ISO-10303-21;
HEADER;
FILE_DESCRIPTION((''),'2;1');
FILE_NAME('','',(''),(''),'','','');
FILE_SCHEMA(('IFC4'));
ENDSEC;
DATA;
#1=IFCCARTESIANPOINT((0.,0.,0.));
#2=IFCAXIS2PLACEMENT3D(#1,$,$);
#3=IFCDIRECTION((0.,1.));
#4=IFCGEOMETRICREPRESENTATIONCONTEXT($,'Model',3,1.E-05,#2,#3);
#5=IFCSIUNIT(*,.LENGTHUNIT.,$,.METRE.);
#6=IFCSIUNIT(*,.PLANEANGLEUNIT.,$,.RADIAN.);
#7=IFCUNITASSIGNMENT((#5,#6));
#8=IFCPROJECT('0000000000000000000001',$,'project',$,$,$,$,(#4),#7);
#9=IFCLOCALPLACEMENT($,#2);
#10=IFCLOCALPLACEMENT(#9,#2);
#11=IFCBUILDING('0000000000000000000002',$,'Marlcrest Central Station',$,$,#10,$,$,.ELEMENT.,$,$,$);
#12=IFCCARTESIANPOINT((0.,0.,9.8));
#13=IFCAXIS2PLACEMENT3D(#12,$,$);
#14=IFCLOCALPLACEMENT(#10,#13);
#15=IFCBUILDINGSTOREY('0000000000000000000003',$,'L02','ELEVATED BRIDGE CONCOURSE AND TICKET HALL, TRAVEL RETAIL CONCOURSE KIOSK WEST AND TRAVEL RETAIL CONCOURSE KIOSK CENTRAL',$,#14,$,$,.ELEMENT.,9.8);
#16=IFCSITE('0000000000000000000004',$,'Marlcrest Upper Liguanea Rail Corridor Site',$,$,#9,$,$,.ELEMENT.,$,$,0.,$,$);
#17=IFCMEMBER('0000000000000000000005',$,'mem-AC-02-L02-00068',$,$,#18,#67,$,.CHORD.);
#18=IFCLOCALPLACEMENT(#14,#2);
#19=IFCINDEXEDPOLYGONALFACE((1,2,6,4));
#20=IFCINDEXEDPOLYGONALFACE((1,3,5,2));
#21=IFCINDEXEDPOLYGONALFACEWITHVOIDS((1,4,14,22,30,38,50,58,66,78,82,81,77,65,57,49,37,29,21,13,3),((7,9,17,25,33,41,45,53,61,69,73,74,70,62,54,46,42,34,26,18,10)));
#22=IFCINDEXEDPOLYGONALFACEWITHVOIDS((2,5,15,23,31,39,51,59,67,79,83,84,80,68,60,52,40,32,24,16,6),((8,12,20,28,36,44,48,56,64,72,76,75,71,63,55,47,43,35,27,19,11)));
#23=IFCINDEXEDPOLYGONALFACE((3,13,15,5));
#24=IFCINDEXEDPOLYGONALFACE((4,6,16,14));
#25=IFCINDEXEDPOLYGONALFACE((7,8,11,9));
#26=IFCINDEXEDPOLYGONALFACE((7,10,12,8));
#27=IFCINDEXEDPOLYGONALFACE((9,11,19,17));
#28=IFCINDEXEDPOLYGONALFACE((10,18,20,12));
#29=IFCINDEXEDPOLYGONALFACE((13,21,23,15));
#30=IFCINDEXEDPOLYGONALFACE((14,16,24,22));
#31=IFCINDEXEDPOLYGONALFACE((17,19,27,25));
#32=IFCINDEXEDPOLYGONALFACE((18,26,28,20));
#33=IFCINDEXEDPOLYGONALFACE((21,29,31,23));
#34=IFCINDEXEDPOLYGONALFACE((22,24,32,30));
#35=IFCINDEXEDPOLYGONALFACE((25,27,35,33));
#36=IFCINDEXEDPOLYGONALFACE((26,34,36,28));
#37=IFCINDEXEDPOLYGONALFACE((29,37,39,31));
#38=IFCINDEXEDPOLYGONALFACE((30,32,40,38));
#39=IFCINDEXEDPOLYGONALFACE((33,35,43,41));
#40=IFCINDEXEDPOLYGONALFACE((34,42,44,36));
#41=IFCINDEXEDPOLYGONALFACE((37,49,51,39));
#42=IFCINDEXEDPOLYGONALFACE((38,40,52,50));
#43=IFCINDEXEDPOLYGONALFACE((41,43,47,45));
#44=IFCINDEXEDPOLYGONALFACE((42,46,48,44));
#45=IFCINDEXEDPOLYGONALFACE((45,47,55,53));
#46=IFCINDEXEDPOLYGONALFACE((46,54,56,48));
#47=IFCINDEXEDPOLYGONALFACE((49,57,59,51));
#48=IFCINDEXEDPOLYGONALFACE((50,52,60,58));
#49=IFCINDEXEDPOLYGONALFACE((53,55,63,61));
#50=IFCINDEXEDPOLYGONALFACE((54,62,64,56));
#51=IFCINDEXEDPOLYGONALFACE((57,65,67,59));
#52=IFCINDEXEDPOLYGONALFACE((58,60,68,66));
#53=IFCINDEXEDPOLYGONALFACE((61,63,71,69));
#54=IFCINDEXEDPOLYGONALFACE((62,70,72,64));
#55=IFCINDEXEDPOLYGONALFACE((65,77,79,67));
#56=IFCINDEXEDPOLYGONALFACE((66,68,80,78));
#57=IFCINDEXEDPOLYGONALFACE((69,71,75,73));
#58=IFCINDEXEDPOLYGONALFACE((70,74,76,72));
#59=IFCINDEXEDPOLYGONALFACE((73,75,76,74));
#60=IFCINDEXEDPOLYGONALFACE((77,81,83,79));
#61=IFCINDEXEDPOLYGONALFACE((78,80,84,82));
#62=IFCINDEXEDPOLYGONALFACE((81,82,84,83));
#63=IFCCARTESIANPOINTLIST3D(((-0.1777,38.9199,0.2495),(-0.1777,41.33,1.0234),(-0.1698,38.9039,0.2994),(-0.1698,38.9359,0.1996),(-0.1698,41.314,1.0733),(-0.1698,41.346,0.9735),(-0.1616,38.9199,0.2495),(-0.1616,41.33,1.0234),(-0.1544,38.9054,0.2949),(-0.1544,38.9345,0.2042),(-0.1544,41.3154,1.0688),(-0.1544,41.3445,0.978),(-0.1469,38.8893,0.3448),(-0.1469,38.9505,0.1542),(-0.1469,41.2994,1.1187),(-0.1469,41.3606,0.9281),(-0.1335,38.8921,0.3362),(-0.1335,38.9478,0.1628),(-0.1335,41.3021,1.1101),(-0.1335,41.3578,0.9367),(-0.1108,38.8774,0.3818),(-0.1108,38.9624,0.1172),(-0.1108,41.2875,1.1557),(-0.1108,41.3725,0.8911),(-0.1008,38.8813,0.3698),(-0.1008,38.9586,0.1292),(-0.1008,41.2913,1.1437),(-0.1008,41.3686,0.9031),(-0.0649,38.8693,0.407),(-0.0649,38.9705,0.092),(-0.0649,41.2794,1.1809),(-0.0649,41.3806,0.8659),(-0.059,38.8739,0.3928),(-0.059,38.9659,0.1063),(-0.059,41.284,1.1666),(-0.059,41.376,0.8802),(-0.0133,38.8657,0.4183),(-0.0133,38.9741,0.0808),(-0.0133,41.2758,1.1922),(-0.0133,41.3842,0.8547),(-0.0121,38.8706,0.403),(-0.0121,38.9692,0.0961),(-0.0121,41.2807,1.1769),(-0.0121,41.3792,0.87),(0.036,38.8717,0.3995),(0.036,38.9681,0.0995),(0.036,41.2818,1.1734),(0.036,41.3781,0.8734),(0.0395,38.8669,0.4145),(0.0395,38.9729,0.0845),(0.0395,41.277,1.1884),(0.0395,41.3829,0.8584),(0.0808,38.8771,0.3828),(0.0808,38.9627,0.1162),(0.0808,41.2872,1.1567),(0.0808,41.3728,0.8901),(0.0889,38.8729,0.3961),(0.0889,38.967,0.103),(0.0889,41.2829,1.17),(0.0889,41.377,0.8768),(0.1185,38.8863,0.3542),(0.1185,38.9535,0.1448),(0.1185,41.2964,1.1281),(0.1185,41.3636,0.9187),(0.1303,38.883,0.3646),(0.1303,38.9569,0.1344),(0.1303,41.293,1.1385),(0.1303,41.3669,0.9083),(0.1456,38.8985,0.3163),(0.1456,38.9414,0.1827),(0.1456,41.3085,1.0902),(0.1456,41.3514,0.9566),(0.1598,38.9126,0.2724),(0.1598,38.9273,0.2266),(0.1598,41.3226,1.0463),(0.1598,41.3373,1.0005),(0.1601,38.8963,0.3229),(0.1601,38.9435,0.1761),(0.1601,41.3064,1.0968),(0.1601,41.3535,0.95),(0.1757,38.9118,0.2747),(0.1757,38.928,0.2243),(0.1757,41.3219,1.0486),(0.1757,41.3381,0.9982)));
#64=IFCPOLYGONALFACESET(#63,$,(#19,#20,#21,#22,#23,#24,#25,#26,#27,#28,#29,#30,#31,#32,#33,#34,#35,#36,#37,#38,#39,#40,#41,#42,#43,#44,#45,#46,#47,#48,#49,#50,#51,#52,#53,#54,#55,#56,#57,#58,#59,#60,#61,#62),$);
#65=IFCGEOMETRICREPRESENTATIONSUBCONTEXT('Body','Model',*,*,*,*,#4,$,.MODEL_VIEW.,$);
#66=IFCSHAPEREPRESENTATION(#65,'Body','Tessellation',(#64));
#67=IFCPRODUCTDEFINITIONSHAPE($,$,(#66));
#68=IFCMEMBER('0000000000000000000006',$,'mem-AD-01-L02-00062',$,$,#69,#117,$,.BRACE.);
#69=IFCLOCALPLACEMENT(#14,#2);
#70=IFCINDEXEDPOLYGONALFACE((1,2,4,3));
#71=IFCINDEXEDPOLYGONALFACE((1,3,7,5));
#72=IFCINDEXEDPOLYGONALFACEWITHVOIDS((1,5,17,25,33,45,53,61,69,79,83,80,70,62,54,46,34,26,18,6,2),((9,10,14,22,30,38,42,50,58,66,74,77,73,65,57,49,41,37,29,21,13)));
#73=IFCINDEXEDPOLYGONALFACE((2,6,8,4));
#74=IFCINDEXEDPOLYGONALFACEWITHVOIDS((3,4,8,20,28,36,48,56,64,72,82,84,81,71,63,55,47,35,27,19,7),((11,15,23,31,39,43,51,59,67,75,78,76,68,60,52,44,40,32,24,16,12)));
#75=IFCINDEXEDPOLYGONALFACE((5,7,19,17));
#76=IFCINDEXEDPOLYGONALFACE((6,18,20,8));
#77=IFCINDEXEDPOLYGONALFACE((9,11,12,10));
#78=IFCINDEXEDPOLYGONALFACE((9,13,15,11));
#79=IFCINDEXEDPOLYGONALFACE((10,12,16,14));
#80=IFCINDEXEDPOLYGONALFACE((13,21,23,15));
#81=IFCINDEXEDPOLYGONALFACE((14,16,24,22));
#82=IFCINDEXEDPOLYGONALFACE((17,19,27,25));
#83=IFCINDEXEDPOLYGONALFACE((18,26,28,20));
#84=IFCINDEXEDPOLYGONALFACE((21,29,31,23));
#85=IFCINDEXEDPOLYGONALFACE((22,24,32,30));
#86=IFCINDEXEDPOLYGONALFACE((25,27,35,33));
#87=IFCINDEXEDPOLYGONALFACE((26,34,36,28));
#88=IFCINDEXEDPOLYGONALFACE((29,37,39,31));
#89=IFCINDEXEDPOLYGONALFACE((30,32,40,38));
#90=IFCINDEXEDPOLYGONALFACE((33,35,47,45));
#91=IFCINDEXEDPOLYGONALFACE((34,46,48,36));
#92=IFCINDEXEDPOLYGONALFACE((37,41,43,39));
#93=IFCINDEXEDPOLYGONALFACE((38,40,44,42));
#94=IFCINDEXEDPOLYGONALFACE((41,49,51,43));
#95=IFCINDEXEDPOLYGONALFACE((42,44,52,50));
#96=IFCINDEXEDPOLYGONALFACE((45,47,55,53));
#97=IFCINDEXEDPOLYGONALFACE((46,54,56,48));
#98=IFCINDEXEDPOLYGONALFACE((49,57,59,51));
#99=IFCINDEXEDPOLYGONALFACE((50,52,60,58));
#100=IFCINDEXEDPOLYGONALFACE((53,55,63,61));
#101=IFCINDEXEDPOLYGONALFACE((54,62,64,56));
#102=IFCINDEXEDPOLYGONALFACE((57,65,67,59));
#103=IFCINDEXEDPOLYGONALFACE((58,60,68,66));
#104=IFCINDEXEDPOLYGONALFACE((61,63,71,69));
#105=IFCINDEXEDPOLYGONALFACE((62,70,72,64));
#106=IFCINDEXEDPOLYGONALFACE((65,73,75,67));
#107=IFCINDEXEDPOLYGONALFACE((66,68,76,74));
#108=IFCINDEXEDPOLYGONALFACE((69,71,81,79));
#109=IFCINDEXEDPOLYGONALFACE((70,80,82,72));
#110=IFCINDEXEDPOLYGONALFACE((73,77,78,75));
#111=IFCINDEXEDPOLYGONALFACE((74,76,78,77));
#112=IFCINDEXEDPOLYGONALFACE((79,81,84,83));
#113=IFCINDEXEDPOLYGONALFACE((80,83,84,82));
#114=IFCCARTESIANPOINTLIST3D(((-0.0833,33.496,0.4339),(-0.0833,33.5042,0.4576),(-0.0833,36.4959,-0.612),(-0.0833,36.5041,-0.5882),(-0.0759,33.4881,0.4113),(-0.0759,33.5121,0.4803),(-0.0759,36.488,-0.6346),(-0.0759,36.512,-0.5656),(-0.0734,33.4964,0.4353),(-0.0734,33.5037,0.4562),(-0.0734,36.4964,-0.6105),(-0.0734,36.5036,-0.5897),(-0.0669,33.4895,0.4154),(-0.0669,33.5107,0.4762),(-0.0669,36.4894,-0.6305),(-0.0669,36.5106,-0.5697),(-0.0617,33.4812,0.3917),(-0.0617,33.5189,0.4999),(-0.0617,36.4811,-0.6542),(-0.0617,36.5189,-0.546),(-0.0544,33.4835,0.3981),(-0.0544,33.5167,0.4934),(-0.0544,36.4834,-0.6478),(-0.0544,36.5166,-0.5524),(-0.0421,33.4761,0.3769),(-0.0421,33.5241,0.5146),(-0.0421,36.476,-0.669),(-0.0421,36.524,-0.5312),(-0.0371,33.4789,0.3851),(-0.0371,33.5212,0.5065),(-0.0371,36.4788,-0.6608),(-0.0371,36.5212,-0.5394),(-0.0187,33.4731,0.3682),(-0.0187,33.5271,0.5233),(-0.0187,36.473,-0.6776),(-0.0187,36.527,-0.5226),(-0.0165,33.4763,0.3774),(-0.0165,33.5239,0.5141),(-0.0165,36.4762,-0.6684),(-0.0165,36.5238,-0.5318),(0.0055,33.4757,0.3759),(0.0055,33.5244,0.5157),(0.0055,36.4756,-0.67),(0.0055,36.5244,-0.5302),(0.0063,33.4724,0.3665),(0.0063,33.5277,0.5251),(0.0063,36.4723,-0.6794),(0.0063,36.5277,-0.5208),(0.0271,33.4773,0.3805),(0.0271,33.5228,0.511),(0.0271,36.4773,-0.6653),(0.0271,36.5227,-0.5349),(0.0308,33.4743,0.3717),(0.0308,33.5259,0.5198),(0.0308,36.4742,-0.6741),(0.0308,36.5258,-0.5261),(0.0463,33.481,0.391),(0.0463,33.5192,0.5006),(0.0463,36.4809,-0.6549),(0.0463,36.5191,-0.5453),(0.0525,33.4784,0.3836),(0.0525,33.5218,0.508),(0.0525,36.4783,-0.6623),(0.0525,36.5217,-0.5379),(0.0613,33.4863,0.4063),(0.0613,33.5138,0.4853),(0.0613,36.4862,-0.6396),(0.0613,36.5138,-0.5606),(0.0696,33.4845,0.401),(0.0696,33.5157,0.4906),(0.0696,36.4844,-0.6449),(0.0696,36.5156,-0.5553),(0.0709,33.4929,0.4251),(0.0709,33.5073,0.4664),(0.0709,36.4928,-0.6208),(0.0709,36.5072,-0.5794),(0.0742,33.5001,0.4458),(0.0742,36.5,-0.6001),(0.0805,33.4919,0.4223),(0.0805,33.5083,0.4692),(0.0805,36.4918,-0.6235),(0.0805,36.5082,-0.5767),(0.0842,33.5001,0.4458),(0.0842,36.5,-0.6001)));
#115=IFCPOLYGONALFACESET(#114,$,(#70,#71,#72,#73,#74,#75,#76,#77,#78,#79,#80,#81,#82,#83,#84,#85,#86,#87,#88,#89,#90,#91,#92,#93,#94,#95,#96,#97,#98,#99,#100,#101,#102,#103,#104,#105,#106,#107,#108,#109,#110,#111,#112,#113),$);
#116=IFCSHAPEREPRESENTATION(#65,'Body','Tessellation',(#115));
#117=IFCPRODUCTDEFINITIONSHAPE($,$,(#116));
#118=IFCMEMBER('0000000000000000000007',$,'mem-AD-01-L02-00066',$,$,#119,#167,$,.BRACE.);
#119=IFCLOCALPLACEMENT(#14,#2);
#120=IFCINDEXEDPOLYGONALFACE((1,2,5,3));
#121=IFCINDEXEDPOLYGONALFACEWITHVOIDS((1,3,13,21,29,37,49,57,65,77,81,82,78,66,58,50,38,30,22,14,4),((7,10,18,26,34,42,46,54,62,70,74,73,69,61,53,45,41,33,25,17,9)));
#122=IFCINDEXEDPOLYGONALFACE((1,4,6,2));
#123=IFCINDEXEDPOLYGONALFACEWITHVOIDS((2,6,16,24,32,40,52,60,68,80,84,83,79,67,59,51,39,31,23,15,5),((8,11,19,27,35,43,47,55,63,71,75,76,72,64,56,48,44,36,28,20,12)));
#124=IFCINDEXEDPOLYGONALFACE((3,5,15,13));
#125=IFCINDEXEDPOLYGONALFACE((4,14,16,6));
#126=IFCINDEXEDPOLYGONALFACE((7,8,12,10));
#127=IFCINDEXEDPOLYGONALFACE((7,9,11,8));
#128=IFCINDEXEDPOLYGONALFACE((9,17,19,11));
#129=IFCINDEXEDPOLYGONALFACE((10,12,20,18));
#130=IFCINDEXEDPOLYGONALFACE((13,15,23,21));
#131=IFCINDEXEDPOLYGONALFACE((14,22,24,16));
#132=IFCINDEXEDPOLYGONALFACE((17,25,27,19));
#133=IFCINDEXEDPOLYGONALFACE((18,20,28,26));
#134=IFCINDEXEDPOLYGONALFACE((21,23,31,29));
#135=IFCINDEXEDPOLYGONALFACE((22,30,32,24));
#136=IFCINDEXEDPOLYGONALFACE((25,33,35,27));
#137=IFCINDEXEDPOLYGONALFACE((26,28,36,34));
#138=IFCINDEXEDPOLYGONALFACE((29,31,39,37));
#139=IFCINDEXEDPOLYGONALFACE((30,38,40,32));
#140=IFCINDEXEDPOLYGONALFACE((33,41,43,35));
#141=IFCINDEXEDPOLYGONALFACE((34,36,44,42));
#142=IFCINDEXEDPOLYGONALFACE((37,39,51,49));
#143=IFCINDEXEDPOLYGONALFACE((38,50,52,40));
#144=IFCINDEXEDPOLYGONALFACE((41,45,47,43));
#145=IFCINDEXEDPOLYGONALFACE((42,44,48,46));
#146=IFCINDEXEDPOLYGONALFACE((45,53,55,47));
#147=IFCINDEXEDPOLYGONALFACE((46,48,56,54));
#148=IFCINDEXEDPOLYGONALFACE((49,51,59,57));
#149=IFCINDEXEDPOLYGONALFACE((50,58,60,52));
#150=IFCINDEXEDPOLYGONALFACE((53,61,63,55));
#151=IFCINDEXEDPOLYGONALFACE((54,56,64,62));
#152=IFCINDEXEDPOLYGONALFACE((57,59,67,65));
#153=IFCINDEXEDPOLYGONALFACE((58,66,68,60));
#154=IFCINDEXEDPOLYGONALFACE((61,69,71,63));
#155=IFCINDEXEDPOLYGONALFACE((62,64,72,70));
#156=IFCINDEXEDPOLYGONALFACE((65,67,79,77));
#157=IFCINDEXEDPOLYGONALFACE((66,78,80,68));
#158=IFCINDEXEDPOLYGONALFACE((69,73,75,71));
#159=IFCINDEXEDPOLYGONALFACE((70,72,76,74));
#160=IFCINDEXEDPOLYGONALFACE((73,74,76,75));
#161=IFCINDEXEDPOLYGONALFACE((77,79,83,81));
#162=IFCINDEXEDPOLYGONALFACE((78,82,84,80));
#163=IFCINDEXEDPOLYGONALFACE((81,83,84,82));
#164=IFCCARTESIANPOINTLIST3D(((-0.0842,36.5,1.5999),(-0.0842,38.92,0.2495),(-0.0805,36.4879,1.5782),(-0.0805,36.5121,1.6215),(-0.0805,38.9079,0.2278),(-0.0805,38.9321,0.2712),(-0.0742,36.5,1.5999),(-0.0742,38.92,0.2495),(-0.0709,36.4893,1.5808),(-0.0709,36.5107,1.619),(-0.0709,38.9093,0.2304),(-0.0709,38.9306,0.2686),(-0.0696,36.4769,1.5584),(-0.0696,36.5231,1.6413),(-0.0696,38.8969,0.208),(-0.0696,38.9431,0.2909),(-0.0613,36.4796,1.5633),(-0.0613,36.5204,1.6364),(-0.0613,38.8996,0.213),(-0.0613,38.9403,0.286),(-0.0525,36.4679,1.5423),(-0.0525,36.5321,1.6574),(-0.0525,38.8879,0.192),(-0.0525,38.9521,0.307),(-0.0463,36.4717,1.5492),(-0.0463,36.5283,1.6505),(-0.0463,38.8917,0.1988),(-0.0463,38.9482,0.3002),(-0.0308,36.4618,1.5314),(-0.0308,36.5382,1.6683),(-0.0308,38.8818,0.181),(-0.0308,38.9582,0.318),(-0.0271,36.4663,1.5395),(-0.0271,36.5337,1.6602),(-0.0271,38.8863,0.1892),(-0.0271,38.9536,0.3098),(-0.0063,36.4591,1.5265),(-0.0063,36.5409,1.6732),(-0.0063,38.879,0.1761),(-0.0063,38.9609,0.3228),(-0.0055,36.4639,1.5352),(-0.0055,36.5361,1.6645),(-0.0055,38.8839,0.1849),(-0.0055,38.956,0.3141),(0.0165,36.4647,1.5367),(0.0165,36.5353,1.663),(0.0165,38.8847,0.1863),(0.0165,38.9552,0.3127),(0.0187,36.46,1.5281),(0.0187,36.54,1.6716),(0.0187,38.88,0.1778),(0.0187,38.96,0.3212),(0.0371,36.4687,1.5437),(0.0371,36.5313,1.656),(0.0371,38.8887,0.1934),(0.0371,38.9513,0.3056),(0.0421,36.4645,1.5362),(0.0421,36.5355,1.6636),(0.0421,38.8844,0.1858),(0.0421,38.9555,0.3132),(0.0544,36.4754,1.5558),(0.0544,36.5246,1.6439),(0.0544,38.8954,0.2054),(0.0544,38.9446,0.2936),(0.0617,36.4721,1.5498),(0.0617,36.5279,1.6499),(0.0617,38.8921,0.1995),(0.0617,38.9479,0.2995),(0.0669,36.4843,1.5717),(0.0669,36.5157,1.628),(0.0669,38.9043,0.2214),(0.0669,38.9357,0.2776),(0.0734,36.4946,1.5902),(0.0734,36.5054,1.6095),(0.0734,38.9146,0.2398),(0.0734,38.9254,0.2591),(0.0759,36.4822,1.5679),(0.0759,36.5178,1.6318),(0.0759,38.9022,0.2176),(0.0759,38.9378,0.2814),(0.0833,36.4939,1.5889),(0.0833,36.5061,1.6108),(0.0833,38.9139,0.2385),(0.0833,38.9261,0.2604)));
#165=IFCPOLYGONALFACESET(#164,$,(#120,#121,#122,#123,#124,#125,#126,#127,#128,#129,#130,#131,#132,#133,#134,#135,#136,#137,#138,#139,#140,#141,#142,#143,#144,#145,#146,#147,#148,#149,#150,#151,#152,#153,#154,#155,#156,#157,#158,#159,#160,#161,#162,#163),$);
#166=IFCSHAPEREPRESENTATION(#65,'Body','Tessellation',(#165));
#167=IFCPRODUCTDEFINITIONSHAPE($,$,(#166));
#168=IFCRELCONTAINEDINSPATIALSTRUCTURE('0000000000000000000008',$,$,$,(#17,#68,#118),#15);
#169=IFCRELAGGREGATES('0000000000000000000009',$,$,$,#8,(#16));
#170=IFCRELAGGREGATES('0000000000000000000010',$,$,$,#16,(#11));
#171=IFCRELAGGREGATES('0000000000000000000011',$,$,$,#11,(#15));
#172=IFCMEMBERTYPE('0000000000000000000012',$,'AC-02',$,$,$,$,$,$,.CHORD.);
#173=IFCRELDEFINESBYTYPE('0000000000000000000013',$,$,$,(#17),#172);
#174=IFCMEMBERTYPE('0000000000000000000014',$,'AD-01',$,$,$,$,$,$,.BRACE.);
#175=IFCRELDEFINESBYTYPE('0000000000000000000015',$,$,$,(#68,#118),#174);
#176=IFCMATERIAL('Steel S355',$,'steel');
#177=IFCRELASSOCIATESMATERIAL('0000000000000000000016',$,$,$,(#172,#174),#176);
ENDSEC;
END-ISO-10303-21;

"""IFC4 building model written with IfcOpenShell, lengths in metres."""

from ifc_helpers import new_model, si_unit, direction, frame, origin, origin_2d, place, context, subcontext, project, spatial, hollow_circle, extrude, material, material_profile, profile_set, type_object, element, save


model = new_model("IFC4")

# Units and contexts
model_context = context("Model", 3, precision=1e-05, world=origin(), true_north=direction((0.0, 1.0)))
body_context = subcontext(model_context, "Body", "Model", "MODEL_VIEW")
ifc_project = project(units=[si_unit("LENGTHUNIT", "METRE"), si_unit("PLANEANGLEUNIT", "RADIAN")], contexts=[model_context])

# Site, building, storey
site_placement = place(None, origin())
site = spatial("IfcSite", under=ifc_project, at=site_placement, Name="Marlcrest Upper Liguanea Rail Corridor Site", CompositionType="ELEMENT", RefElevation=0.0)
building_placement = place(site_placement, origin())
building = spatial("IfcBuilding", under=site, at=building_placement, Name="Marlcrest Central Station", CompositionType="ELEMENT")
storey_placement = place(building_placement, frame((0.0, 0.0, 9.8)))
storey = spatial("IfcBuildingStorey", under=building, at=storey_placement, Name="L02", Description="ELEVATED BRIDGE CONCOURSE AND TICKET HALL, TRAVEL RETAIL CONCOURSE KIOSK WEST AND TRAVEL RETAIL CONCOURSE KIOSK CENTRAL", CompositionType="ELEMENT", Elevation=9.8)

# Members
ifc_material_1 = material(Name="Steel S355", Category="steel")
ifc_material_profile_1 = material_profile(ifc_material_1, hollow_circle(Radius=0.1777, WallThickness=0.0161, at=origin_2d()), Name="CHS 355.6x16")
ifc_profile_set_1 = profile_set([ifc_material_profile_1], Name="Steel S355")
member_type_1 = type_object("IfcMemberType", Name="AC-02", PredefinedType="CHORD", material=ifc_profile_set_1)
member_1_placement = place(storey_placement, frame((0.0, 38.9199, 0.2495), z_axis=(0.0, 0.952117, 0.305734), x_axis=(-1.0, 0.0, 0.0)))
element("IfcMember", 1, at=member_1_placement, inside=storey, type_object=member_type_1, Name="mem-AC-02-L02-00068", PredefinedType="CHORD", context=body_context, shape_type="SweptSolid", body=[
    extrude(hollow_circle(Radius=0.1777, WallThickness=0.0161, at=origin_2d()), origin(), (0.0, 0.0, 1.0), 2.5312),
])
ifc_material_profile_2 = material_profile(ifc_material_1, hollow_circle(Radius=0.0842, WallThickness=0.01, at=origin_2d()), Name="CHS 168.3x10")
ifc_profile_set_2 = profile_set([ifc_material_profile_2], Name="Steel S355")
member_type_2 = type_object("IfcMemberType", Name="AD-01", PredefinedType="BRACE", material=ifc_profile_set_2)
member_2_placement = place(storey_placement, frame((0.0, 36.5, -0.6001), z_axis=(0.0, -0.94426, 0.3292), x_axis=(1.0, 0.0, 0.0)))
element("IfcMember", 2, at=member_2_placement, inside=storey, type_object=member_type_2, Name="mem-AD-01-L02-00062", PredefinedType="BRACE", context=body_context, shape_type="SweptSolid", body=[
    extrude(hollow_circle(Radius=0.0842, WallThickness=0.01, at=origin_2d()), origin(), (0.0, 0.0, 1.0), 3.177),
])
member_3_placement = place(storey_placement, frame((0.0, 36.5, 1.5999), z_axis=(0.0, 0.873246, -0.48728), x_axis=(-1.0, 0.0, 0.0)))
element("IfcMember", 3, at=member_3_placement, inside=storey, type_object=member_type_2, Name="mem-AD-01-L02-00066", PredefinedType="BRACE", context=body_context, shape_type="SweptSolid", body=[
    extrude(hollow_circle(Radius=0.0842, WallThickness=0.01, at=origin_2d()), origin(), (0.0, 0.0, 1.0), 2.7712),
])

save(model, "model.ifc")
